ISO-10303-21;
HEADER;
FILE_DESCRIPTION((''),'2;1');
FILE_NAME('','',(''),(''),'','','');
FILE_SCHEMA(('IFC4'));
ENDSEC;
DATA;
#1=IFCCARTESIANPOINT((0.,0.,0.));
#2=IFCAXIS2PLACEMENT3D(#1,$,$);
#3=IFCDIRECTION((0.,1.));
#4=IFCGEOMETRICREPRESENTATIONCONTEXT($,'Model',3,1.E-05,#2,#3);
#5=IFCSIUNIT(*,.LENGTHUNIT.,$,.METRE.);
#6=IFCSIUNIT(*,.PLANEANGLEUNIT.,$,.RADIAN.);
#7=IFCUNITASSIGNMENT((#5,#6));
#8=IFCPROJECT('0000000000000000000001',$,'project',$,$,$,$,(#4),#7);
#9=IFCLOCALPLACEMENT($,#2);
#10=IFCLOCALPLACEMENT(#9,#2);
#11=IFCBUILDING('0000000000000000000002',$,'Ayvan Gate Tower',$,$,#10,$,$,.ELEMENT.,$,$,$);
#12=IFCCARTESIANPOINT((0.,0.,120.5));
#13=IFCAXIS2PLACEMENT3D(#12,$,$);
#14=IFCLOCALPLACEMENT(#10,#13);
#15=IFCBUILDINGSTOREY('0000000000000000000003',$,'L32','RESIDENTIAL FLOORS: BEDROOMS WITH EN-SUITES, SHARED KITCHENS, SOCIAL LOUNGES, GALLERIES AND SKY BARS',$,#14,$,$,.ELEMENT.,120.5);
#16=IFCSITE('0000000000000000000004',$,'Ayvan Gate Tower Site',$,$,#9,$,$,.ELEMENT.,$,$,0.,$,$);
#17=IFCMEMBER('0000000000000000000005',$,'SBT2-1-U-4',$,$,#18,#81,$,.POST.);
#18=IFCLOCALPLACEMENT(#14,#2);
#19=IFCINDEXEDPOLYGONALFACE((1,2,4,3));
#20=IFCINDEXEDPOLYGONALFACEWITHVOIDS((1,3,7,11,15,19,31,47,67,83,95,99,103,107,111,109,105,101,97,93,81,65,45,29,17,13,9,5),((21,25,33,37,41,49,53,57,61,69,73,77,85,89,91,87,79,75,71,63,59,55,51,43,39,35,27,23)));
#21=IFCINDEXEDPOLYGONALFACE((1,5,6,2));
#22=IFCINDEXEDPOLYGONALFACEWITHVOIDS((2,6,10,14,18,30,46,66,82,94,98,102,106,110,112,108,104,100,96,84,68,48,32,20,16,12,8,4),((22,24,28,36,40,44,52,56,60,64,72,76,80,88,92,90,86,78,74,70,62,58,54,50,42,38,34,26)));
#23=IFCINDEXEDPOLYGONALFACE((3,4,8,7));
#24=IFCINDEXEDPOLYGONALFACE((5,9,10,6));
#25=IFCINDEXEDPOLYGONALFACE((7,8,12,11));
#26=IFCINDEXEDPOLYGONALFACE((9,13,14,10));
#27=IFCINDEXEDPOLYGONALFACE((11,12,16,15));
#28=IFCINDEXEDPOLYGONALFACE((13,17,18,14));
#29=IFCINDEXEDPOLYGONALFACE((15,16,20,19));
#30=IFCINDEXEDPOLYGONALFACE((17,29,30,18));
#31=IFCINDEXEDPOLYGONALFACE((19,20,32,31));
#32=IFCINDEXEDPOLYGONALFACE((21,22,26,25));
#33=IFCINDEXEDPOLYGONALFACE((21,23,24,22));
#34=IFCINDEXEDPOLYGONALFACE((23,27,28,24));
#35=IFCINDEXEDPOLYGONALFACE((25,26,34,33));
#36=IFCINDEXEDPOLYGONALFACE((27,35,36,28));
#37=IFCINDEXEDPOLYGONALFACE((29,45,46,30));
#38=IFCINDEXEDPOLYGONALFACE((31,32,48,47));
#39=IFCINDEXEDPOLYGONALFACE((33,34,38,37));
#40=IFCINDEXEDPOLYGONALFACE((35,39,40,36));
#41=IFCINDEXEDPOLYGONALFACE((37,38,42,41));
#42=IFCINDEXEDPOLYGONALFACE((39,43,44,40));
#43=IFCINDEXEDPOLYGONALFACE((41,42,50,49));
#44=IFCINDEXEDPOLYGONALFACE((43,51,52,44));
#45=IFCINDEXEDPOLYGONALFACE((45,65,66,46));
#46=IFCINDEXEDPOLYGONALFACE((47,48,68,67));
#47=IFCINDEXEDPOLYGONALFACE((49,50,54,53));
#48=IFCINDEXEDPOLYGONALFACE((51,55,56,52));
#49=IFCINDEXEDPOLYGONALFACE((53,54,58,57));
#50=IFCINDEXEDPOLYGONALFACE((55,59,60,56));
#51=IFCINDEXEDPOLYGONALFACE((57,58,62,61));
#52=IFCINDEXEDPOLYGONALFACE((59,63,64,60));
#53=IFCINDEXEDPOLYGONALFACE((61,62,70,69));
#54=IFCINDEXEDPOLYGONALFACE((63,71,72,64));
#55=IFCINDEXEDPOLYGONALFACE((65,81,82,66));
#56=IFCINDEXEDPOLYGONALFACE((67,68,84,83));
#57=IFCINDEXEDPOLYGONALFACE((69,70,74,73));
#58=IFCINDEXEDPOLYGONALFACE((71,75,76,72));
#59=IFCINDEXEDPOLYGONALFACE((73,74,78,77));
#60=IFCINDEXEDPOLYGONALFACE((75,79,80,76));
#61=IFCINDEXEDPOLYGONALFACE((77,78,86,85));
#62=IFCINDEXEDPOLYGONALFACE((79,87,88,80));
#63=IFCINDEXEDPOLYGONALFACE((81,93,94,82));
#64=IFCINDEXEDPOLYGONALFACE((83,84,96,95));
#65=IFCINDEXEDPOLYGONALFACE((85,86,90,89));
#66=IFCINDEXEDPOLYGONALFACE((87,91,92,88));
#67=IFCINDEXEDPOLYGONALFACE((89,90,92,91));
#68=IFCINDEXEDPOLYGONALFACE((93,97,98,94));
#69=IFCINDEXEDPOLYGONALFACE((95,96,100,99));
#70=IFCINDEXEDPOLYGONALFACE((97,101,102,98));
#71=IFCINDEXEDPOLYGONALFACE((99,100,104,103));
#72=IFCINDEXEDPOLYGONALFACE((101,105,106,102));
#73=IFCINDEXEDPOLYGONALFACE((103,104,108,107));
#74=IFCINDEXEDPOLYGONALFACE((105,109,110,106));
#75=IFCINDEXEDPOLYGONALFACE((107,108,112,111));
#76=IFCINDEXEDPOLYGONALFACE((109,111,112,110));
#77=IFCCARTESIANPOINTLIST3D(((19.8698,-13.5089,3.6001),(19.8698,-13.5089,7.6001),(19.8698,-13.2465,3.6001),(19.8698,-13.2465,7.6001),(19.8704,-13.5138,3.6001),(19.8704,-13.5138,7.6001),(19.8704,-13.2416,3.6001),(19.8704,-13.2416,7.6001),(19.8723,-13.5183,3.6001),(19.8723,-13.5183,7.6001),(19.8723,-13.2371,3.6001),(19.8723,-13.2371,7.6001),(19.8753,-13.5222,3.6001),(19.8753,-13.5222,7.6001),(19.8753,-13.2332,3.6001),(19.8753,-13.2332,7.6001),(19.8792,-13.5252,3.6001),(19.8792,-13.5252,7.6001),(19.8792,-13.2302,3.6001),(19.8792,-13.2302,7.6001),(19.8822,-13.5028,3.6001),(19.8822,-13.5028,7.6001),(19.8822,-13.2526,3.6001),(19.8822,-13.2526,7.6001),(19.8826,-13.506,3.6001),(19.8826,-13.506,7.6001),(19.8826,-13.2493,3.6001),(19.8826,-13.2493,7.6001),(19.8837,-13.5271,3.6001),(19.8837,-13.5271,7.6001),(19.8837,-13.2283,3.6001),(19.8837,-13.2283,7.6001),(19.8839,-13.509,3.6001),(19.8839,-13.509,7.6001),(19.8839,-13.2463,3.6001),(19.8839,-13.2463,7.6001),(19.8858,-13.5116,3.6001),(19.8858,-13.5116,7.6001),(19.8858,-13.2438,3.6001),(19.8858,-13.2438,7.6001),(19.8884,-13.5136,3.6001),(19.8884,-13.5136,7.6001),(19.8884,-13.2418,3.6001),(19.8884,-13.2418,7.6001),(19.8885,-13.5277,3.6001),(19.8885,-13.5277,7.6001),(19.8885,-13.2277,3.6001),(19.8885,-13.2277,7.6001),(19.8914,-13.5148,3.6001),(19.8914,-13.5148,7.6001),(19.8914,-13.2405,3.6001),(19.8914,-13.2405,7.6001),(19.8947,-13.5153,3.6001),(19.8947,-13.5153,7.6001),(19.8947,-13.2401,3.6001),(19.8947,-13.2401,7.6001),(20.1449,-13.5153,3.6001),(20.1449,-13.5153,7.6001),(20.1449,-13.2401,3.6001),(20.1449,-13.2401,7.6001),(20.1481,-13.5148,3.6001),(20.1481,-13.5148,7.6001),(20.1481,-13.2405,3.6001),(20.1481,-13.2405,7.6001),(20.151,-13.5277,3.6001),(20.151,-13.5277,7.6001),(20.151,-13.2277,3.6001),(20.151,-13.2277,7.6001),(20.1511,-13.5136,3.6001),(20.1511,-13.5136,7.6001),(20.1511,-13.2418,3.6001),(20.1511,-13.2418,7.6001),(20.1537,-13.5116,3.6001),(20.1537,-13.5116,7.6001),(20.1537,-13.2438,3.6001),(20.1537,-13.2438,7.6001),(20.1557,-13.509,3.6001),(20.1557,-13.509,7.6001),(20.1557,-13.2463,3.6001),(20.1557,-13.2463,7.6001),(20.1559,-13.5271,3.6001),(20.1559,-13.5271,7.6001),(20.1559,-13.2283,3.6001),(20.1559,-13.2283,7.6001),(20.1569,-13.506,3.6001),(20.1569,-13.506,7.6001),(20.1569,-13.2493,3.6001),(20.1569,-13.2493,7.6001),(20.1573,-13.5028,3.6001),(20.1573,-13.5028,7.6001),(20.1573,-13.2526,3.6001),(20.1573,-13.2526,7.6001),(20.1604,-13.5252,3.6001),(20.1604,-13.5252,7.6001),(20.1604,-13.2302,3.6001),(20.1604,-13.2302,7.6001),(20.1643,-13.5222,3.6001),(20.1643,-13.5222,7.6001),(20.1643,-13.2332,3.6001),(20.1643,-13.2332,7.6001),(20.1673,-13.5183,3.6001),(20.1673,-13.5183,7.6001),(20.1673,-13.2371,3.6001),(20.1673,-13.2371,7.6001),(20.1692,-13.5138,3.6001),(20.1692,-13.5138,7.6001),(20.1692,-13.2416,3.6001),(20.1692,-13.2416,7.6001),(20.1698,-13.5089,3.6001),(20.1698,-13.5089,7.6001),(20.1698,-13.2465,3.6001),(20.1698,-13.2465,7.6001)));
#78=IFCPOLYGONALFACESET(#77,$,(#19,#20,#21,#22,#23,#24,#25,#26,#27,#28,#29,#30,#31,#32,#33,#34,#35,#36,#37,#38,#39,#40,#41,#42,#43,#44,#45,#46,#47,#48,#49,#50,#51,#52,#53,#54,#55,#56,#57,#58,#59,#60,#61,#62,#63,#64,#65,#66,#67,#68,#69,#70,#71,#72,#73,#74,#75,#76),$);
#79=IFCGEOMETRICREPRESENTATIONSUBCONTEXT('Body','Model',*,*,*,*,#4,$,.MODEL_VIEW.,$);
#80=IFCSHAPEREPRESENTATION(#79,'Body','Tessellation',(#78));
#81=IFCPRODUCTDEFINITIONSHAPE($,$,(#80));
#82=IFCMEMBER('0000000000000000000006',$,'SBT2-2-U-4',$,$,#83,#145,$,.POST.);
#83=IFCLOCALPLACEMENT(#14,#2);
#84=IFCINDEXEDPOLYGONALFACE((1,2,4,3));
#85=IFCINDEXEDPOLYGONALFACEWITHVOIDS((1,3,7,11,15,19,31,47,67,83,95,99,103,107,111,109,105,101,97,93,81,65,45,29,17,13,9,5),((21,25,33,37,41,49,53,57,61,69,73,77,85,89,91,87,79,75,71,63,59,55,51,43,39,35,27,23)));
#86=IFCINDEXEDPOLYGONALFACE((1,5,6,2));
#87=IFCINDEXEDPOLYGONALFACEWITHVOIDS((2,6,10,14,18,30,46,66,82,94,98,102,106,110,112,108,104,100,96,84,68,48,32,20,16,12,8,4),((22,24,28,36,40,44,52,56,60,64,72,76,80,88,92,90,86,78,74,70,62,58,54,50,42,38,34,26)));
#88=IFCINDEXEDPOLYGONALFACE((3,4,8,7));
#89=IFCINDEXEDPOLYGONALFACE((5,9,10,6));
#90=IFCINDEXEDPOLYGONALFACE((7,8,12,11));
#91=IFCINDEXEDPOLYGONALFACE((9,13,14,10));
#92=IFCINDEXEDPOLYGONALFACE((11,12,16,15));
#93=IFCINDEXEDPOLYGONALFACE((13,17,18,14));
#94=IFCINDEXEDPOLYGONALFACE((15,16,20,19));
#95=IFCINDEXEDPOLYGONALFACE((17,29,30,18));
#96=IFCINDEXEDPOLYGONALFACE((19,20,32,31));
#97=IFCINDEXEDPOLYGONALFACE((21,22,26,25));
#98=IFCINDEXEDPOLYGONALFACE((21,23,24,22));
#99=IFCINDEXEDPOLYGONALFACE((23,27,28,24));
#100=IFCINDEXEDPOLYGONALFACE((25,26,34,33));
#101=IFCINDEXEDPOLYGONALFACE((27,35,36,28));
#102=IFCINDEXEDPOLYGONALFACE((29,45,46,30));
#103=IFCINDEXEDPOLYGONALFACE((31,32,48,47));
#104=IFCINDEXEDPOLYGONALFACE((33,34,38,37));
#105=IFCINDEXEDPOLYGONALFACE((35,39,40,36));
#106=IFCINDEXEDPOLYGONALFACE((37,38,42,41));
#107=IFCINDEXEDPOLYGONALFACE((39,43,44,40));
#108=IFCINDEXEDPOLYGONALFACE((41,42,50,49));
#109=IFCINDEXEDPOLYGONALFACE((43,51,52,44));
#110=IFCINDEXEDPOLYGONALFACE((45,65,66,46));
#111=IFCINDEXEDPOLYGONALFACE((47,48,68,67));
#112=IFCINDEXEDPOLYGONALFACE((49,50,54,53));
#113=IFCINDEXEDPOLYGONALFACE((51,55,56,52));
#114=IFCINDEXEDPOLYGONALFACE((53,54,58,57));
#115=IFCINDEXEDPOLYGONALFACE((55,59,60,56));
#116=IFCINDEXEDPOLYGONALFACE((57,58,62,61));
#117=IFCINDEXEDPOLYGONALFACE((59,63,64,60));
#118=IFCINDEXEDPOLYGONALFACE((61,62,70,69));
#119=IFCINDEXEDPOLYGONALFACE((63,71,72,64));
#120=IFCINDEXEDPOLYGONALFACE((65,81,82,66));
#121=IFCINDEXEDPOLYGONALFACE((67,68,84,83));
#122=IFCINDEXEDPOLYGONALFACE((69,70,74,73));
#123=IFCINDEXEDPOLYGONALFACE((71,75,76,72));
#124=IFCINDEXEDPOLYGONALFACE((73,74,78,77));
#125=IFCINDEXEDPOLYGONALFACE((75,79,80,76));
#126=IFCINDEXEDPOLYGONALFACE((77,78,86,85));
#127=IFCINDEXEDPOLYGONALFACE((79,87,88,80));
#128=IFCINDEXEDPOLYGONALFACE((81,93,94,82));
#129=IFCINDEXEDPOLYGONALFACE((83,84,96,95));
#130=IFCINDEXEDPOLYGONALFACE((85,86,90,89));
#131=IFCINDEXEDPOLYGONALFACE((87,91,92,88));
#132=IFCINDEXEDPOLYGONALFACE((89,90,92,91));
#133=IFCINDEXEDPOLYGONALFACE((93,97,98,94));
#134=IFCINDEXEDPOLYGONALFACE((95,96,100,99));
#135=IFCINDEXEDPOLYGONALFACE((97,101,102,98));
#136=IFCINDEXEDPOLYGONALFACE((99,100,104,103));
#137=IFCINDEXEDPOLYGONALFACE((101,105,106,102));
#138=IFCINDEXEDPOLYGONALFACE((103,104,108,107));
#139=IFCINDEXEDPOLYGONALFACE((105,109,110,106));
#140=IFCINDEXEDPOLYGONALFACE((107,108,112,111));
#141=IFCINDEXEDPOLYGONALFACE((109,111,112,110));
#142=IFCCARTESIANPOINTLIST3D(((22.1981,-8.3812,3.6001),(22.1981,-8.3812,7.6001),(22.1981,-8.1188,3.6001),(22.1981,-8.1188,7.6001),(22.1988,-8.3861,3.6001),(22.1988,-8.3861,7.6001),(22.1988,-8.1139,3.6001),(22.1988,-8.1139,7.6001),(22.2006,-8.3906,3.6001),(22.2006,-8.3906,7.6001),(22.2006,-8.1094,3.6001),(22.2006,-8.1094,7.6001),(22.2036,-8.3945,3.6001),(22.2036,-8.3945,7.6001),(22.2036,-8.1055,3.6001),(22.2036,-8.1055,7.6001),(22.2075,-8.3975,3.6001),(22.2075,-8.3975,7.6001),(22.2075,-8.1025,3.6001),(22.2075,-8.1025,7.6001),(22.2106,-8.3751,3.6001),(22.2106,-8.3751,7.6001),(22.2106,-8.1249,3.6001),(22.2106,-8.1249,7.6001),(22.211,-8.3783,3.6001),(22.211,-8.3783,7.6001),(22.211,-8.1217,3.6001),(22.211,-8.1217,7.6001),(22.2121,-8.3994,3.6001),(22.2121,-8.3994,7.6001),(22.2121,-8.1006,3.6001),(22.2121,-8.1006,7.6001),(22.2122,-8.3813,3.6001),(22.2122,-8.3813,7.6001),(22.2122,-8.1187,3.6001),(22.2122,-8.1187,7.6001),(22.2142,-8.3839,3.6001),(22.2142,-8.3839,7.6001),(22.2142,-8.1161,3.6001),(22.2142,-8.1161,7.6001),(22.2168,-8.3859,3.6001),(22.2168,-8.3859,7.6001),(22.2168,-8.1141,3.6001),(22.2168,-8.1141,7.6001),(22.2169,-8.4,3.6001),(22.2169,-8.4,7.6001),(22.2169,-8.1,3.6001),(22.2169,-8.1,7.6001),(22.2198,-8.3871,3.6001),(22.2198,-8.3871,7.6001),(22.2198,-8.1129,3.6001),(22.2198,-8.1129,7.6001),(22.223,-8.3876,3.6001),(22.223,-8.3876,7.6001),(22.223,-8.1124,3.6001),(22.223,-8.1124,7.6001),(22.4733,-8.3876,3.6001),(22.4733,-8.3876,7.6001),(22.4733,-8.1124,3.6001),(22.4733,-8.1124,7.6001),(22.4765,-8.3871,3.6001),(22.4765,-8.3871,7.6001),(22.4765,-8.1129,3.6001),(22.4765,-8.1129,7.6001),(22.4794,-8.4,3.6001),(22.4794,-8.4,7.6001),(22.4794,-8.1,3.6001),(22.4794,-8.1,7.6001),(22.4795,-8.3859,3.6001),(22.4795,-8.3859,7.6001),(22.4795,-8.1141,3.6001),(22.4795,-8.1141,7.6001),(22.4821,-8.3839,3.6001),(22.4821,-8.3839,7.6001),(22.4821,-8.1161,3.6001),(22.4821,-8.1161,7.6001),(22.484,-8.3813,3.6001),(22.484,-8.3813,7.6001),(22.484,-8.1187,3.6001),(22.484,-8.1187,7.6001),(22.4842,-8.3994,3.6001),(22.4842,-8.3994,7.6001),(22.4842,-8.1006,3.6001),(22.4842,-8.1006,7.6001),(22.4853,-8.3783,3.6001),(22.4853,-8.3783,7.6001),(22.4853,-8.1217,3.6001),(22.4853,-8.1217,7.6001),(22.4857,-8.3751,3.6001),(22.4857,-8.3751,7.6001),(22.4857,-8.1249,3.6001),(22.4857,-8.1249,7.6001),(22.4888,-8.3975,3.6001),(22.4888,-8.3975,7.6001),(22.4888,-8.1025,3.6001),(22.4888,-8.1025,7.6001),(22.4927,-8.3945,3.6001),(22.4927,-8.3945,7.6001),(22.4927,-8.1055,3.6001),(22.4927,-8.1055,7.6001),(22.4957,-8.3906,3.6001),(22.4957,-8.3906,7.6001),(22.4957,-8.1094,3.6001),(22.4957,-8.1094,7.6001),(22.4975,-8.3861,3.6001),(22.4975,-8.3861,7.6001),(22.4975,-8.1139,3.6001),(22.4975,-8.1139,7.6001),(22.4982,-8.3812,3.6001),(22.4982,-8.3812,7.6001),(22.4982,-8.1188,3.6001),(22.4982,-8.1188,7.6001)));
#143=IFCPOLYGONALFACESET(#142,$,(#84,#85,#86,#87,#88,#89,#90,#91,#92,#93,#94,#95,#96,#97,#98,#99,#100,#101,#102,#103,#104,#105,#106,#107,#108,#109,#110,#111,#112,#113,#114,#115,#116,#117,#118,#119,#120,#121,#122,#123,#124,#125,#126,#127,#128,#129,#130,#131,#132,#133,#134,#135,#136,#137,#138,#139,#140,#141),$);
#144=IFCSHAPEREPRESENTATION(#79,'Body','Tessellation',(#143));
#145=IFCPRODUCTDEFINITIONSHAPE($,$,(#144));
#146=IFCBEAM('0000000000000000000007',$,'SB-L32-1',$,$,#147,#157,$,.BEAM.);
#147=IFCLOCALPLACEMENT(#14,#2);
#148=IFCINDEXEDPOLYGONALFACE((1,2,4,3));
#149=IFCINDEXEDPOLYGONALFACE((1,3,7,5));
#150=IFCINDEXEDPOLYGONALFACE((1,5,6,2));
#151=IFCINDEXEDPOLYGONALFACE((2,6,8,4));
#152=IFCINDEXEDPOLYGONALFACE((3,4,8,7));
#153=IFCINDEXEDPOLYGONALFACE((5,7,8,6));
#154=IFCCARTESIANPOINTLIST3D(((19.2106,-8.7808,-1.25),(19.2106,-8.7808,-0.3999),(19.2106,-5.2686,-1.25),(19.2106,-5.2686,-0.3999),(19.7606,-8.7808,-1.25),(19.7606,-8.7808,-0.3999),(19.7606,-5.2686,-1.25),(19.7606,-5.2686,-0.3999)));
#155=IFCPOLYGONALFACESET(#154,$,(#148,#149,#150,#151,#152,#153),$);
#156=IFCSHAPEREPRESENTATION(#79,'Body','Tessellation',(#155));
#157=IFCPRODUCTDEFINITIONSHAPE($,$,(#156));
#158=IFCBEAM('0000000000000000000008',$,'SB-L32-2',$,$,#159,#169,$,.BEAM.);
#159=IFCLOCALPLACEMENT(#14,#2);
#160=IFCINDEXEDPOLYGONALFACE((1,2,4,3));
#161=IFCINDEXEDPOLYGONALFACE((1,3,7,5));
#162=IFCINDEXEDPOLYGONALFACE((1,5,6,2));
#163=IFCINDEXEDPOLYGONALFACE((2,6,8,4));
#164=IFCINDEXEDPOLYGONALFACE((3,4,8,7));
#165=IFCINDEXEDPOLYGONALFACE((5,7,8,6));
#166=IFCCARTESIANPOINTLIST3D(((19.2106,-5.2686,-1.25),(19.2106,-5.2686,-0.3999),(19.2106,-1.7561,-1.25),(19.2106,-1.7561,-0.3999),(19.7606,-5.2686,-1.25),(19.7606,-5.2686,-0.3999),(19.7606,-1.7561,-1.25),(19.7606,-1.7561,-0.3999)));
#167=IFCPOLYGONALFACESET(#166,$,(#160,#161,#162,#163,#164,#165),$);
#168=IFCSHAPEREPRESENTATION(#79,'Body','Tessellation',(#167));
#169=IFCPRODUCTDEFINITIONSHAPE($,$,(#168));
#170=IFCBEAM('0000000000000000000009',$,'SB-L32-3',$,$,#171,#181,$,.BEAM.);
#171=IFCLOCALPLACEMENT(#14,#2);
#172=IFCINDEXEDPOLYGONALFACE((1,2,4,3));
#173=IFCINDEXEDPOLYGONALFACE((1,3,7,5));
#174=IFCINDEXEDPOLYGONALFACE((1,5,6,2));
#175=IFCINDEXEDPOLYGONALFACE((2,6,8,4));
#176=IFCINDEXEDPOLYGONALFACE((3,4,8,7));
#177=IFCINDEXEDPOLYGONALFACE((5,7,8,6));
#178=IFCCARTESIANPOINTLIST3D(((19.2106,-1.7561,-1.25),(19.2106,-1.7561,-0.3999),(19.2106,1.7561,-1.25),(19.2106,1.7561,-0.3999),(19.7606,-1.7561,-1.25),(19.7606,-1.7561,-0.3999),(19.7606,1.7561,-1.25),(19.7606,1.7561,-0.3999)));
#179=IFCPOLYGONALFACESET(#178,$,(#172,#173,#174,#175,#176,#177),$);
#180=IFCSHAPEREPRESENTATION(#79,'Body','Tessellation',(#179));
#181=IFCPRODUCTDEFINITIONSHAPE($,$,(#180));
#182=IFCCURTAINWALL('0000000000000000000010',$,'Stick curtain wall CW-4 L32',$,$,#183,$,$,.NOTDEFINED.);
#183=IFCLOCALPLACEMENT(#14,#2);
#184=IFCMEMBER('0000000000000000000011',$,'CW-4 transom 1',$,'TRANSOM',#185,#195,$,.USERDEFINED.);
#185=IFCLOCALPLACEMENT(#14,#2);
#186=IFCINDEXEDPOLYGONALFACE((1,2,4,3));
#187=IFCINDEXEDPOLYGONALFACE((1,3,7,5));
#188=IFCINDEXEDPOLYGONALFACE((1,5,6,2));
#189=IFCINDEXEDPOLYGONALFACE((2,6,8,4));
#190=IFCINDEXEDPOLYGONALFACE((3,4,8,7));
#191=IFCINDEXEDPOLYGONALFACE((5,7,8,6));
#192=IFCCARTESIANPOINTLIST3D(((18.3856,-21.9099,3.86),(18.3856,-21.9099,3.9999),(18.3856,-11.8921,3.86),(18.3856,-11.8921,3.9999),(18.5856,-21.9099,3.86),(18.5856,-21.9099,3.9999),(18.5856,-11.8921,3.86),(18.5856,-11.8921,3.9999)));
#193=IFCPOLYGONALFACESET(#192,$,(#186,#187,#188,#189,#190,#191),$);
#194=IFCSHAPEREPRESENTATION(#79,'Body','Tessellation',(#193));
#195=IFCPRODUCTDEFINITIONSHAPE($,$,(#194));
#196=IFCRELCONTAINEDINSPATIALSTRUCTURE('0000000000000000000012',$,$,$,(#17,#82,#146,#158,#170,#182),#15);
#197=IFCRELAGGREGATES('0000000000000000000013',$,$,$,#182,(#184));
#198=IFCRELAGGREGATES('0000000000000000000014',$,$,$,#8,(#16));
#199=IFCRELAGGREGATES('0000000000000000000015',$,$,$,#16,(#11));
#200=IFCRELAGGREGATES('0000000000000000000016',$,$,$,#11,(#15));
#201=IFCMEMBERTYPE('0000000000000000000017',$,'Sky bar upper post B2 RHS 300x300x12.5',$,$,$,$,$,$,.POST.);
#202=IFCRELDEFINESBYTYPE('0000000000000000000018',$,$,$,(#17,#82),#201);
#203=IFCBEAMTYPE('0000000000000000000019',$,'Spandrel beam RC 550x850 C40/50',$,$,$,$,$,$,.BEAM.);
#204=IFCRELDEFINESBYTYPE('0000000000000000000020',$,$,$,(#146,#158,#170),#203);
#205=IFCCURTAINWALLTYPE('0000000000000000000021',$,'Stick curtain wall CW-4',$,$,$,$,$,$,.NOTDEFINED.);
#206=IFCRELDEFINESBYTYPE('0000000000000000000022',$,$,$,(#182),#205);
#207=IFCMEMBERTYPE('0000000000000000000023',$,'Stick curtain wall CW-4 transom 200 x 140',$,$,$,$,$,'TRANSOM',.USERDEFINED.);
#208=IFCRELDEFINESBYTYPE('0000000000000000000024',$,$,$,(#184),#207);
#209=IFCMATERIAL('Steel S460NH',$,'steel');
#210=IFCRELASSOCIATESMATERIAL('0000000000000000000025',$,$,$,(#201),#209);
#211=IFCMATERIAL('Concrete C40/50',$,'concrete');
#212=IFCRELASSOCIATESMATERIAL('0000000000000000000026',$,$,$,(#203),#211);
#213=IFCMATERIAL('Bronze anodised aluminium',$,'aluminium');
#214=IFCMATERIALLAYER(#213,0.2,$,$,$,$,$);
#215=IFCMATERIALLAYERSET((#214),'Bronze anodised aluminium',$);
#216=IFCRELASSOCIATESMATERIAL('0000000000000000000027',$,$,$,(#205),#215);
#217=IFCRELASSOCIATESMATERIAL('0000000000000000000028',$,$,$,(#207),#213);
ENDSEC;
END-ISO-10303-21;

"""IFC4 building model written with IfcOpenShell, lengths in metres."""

from ifc_helpers import new_model, si_unit, direction, frame, origin, origin_2d, place, context, subcontext, project, spatial, rectangle, hollow_rectangle, extrude, material, layer, layer_set, material_profile, profile_set, type_object, element, aggregate, save


model = new_model("IFC4")

# Units and contexts
model_context = context("Model", 3, precision=1e-05, world=origin(), true_north=direction((0.0, 1.0)))
body_context = subcontext(model_context, "Body", "Model", "MODEL_VIEW")
ifc_project = project(units=[si_unit("LENGTHUNIT", "METRE"), si_unit("PLANEANGLEUNIT", "RADIAN")], contexts=[model_context])

# Site, building, storey
site_placement = place(None, origin())
site = spatial("IfcSite", under=ifc_project, at=site_placement, Name="Ayvan Gate Tower Site", CompositionType="ELEMENT", RefElevation=0.0)
building_placement = place(site_placement, origin())
building = spatial("IfcBuilding", under=site, at=building_placement, Name="Ayvan Gate Tower", CompositionType="ELEMENT")
storey_placement = place(building_placement, frame((0.0, 0.0, 120.5)))
storey = spatial("IfcBuildingStorey", under=building, at=storey_placement, Name="L32", Description="RESIDENTIAL FLOORS: BEDROOMS WITH EN-SUITES, SHARED KITCHENS, SOCIAL LOUNGES, GALLERIES AND SKY BARS", CompositionType="ELEMENT", Elevation=120.5)

# Members
ifc_material_1 = material(Name="Steel S460NH", Category="steel")
ifc_material_profile_1 = material_profile(ifc_material_1, hollow_rectangle(XDim=0.3, YDim=0.3, WallThickness=0.0125, InnerFilletRadius=0.0125, OuterFilletRadius=0.0188, at=origin_2d()), Name="RHS 300x300x12.5")
ifc_profile_set_1 = profile_set([ifc_material_profile_1], Name="Steel S460NH")
member_type_1 = type_object("IfcMemberType", Name="Sky bar upper post B2 RHS 300x300x12.5", PredefinedType="POST", material=ifc_profile_set_1)
for number, where, z_axis, x_axis, name in (
    (1, (20.0198, -13.3777, 3.6001), (0.0, 0.0, 1.0), (1.0, 0.0, 0.0), "SBT2-1-U-4"),
    (2, (22.3481, -8.25, 3.6001), (0.0, 0.0, 1.0), (1.0, 0.0, 0.0), "SBT2-2-U-4"),
):
    element("IfcMember", number, at=place(storey_placement, frame(where, z_axis=z_axis, x_axis=x_axis)), inside=storey, type_object=member_type_1, Name=name, PredefinedType="POST", context=body_context, shape_type="SweptSolid", body=[
        extrude(hollow_rectangle(XDim=0.3, YDim=0.3, WallThickness=0.0125, InnerFilletRadius=0.0125, OuterFilletRadius=0.0188, at=origin_2d()), origin(), (0.0, 0.0, 1.0), 4.0),
    ])

# Beams
ifc_material_2 = material(Name="Concrete C40/50", Category="concrete")
ifc_material_profile_2 = material_profile(ifc_material_2, rectangle(XDim=0.55, YDim=0.8501, at=origin_2d()), Name="RC 550x850")
ifc_profile_set_2 = profile_set([ifc_material_profile_2], Name="Concrete C40/50")
beam_type = type_object("IfcBeamType", Name="Spandrel beam RC 550x850 C40/50", PredefinedType="BEAM", material=ifc_profile_set_2)
beam_1_placement = place(storey_placement, frame((19.4856, -8.7808, -0.825), z_axis=(0.0, 1.0, 0.0), x_axis=(-1.0, 0.0, 0.0)))
element("IfcBeam", 3, at=beam_1_placement, inside=storey, type_object=beam_type, Name="SB-L32-1", PredefinedType="BEAM", context=body_context, shape_type="SweptSolid", body=[
    extrude(rectangle(XDim=0.55, YDim=0.8501, at=origin_2d()), origin(), (0.0, 0.0, 1.0), 3.5122),
])
beam_2_placement = place(storey_placement, frame((19.4856, -5.2686, -0.825), z_axis=(0.0, 1.0, 0.0), x_axis=(-1.0, 0.0, 0.0)))
element("IfcBeam", 4, at=beam_2_placement, inside=storey, type_object=beam_type, Name="SB-L32-2", PredefinedType="BEAM", context=body_context, shape_type="SweptSolid", body=[
    extrude(rectangle(XDim=0.55, YDim=0.8501, at=origin_2d()), origin(), (0.0, 0.0, 1.0), 3.5125),
])
beam_3_placement = place(storey_placement, frame((19.4856, -1.7561, -0.825), z_axis=(0.0, 1.0, 0.0), x_axis=(-1.0, 0.0, 0.0)))
element("IfcBeam", 5, at=beam_3_placement, inside=storey, type_object=beam_type, Name="SB-L32-3", PredefinedType="BEAM", context=body_context, shape_type="SweptSolid", body=[
    extrude(rectangle(XDim=0.55, YDim=0.8501, at=origin_2d()), origin(), (0.0, 0.0, 1.0), 3.5122),
])

# Curtain wall, member
ifc_material_3 = material(Name="Bronze anodised aluminium", Category="aluminium")
ifc_layer_1 = layer(ifc_material_3, 0.2)
ifc_layer_set_1 = layer_set([ifc_layer_1], Name="Bronze anodised aluminium")
curtain_wall_type = type_object("IfcCurtainWallType", Name="Stick curtain wall CW-4", PredefinedType="NOTDEFINED", material=ifc_layer_set_1)
curtain_wall_placement = place(storey_placement, origin())
curtain_wall = element("IfcCurtainWall", 6, at=curtain_wall_placement, inside=storey, type_object=curtain_wall_type, Name="Stick curtain wall CW-4 L32", PredefinedType="NOTDEFINED")
ifc_material_profile_3 = material_profile(ifc_material_3, rectangle(XDim=0.2, YDim=0.1399, at=origin_2d()), Name="Stick curtain wall CW-4 transom 200 x 140")
ifc_profile_set_3 = profile_set([ifc_material_profile_3], Name="Bronze anodised aluminium")
member_type_2 = type_object("IfcMemberType", Name="Stick curtain wall CW-4 transom 200 x 140", ElementType="TRANSOM", PredefinedType="USERDEFINED", material=ifc_profile_set_3)
member_placement = place(storey_placement, frame((18.4856, -11.8921, 3.9299), z_axis=(0.0, -1.0, 0.0), x_axis=(1.0, 0.0, 0.0)))
member = element("IfcMember", 7, at=member_placement, type_object=member_type_2, Name="CW-4 transom 1", ObjectType="TRANSOM", PredefinedType="USERDEFINED", context=body_context, shape_type="SweptSolid", body=[
    extrude(rectangle(XDim=0.2, YDim=0.1399, at=origin_2d()), origin(), (0.0, 0.0, 1.0), 10.0178),
])
aggregate(curtain_wall, [member])

save(model, "model.ifc")
